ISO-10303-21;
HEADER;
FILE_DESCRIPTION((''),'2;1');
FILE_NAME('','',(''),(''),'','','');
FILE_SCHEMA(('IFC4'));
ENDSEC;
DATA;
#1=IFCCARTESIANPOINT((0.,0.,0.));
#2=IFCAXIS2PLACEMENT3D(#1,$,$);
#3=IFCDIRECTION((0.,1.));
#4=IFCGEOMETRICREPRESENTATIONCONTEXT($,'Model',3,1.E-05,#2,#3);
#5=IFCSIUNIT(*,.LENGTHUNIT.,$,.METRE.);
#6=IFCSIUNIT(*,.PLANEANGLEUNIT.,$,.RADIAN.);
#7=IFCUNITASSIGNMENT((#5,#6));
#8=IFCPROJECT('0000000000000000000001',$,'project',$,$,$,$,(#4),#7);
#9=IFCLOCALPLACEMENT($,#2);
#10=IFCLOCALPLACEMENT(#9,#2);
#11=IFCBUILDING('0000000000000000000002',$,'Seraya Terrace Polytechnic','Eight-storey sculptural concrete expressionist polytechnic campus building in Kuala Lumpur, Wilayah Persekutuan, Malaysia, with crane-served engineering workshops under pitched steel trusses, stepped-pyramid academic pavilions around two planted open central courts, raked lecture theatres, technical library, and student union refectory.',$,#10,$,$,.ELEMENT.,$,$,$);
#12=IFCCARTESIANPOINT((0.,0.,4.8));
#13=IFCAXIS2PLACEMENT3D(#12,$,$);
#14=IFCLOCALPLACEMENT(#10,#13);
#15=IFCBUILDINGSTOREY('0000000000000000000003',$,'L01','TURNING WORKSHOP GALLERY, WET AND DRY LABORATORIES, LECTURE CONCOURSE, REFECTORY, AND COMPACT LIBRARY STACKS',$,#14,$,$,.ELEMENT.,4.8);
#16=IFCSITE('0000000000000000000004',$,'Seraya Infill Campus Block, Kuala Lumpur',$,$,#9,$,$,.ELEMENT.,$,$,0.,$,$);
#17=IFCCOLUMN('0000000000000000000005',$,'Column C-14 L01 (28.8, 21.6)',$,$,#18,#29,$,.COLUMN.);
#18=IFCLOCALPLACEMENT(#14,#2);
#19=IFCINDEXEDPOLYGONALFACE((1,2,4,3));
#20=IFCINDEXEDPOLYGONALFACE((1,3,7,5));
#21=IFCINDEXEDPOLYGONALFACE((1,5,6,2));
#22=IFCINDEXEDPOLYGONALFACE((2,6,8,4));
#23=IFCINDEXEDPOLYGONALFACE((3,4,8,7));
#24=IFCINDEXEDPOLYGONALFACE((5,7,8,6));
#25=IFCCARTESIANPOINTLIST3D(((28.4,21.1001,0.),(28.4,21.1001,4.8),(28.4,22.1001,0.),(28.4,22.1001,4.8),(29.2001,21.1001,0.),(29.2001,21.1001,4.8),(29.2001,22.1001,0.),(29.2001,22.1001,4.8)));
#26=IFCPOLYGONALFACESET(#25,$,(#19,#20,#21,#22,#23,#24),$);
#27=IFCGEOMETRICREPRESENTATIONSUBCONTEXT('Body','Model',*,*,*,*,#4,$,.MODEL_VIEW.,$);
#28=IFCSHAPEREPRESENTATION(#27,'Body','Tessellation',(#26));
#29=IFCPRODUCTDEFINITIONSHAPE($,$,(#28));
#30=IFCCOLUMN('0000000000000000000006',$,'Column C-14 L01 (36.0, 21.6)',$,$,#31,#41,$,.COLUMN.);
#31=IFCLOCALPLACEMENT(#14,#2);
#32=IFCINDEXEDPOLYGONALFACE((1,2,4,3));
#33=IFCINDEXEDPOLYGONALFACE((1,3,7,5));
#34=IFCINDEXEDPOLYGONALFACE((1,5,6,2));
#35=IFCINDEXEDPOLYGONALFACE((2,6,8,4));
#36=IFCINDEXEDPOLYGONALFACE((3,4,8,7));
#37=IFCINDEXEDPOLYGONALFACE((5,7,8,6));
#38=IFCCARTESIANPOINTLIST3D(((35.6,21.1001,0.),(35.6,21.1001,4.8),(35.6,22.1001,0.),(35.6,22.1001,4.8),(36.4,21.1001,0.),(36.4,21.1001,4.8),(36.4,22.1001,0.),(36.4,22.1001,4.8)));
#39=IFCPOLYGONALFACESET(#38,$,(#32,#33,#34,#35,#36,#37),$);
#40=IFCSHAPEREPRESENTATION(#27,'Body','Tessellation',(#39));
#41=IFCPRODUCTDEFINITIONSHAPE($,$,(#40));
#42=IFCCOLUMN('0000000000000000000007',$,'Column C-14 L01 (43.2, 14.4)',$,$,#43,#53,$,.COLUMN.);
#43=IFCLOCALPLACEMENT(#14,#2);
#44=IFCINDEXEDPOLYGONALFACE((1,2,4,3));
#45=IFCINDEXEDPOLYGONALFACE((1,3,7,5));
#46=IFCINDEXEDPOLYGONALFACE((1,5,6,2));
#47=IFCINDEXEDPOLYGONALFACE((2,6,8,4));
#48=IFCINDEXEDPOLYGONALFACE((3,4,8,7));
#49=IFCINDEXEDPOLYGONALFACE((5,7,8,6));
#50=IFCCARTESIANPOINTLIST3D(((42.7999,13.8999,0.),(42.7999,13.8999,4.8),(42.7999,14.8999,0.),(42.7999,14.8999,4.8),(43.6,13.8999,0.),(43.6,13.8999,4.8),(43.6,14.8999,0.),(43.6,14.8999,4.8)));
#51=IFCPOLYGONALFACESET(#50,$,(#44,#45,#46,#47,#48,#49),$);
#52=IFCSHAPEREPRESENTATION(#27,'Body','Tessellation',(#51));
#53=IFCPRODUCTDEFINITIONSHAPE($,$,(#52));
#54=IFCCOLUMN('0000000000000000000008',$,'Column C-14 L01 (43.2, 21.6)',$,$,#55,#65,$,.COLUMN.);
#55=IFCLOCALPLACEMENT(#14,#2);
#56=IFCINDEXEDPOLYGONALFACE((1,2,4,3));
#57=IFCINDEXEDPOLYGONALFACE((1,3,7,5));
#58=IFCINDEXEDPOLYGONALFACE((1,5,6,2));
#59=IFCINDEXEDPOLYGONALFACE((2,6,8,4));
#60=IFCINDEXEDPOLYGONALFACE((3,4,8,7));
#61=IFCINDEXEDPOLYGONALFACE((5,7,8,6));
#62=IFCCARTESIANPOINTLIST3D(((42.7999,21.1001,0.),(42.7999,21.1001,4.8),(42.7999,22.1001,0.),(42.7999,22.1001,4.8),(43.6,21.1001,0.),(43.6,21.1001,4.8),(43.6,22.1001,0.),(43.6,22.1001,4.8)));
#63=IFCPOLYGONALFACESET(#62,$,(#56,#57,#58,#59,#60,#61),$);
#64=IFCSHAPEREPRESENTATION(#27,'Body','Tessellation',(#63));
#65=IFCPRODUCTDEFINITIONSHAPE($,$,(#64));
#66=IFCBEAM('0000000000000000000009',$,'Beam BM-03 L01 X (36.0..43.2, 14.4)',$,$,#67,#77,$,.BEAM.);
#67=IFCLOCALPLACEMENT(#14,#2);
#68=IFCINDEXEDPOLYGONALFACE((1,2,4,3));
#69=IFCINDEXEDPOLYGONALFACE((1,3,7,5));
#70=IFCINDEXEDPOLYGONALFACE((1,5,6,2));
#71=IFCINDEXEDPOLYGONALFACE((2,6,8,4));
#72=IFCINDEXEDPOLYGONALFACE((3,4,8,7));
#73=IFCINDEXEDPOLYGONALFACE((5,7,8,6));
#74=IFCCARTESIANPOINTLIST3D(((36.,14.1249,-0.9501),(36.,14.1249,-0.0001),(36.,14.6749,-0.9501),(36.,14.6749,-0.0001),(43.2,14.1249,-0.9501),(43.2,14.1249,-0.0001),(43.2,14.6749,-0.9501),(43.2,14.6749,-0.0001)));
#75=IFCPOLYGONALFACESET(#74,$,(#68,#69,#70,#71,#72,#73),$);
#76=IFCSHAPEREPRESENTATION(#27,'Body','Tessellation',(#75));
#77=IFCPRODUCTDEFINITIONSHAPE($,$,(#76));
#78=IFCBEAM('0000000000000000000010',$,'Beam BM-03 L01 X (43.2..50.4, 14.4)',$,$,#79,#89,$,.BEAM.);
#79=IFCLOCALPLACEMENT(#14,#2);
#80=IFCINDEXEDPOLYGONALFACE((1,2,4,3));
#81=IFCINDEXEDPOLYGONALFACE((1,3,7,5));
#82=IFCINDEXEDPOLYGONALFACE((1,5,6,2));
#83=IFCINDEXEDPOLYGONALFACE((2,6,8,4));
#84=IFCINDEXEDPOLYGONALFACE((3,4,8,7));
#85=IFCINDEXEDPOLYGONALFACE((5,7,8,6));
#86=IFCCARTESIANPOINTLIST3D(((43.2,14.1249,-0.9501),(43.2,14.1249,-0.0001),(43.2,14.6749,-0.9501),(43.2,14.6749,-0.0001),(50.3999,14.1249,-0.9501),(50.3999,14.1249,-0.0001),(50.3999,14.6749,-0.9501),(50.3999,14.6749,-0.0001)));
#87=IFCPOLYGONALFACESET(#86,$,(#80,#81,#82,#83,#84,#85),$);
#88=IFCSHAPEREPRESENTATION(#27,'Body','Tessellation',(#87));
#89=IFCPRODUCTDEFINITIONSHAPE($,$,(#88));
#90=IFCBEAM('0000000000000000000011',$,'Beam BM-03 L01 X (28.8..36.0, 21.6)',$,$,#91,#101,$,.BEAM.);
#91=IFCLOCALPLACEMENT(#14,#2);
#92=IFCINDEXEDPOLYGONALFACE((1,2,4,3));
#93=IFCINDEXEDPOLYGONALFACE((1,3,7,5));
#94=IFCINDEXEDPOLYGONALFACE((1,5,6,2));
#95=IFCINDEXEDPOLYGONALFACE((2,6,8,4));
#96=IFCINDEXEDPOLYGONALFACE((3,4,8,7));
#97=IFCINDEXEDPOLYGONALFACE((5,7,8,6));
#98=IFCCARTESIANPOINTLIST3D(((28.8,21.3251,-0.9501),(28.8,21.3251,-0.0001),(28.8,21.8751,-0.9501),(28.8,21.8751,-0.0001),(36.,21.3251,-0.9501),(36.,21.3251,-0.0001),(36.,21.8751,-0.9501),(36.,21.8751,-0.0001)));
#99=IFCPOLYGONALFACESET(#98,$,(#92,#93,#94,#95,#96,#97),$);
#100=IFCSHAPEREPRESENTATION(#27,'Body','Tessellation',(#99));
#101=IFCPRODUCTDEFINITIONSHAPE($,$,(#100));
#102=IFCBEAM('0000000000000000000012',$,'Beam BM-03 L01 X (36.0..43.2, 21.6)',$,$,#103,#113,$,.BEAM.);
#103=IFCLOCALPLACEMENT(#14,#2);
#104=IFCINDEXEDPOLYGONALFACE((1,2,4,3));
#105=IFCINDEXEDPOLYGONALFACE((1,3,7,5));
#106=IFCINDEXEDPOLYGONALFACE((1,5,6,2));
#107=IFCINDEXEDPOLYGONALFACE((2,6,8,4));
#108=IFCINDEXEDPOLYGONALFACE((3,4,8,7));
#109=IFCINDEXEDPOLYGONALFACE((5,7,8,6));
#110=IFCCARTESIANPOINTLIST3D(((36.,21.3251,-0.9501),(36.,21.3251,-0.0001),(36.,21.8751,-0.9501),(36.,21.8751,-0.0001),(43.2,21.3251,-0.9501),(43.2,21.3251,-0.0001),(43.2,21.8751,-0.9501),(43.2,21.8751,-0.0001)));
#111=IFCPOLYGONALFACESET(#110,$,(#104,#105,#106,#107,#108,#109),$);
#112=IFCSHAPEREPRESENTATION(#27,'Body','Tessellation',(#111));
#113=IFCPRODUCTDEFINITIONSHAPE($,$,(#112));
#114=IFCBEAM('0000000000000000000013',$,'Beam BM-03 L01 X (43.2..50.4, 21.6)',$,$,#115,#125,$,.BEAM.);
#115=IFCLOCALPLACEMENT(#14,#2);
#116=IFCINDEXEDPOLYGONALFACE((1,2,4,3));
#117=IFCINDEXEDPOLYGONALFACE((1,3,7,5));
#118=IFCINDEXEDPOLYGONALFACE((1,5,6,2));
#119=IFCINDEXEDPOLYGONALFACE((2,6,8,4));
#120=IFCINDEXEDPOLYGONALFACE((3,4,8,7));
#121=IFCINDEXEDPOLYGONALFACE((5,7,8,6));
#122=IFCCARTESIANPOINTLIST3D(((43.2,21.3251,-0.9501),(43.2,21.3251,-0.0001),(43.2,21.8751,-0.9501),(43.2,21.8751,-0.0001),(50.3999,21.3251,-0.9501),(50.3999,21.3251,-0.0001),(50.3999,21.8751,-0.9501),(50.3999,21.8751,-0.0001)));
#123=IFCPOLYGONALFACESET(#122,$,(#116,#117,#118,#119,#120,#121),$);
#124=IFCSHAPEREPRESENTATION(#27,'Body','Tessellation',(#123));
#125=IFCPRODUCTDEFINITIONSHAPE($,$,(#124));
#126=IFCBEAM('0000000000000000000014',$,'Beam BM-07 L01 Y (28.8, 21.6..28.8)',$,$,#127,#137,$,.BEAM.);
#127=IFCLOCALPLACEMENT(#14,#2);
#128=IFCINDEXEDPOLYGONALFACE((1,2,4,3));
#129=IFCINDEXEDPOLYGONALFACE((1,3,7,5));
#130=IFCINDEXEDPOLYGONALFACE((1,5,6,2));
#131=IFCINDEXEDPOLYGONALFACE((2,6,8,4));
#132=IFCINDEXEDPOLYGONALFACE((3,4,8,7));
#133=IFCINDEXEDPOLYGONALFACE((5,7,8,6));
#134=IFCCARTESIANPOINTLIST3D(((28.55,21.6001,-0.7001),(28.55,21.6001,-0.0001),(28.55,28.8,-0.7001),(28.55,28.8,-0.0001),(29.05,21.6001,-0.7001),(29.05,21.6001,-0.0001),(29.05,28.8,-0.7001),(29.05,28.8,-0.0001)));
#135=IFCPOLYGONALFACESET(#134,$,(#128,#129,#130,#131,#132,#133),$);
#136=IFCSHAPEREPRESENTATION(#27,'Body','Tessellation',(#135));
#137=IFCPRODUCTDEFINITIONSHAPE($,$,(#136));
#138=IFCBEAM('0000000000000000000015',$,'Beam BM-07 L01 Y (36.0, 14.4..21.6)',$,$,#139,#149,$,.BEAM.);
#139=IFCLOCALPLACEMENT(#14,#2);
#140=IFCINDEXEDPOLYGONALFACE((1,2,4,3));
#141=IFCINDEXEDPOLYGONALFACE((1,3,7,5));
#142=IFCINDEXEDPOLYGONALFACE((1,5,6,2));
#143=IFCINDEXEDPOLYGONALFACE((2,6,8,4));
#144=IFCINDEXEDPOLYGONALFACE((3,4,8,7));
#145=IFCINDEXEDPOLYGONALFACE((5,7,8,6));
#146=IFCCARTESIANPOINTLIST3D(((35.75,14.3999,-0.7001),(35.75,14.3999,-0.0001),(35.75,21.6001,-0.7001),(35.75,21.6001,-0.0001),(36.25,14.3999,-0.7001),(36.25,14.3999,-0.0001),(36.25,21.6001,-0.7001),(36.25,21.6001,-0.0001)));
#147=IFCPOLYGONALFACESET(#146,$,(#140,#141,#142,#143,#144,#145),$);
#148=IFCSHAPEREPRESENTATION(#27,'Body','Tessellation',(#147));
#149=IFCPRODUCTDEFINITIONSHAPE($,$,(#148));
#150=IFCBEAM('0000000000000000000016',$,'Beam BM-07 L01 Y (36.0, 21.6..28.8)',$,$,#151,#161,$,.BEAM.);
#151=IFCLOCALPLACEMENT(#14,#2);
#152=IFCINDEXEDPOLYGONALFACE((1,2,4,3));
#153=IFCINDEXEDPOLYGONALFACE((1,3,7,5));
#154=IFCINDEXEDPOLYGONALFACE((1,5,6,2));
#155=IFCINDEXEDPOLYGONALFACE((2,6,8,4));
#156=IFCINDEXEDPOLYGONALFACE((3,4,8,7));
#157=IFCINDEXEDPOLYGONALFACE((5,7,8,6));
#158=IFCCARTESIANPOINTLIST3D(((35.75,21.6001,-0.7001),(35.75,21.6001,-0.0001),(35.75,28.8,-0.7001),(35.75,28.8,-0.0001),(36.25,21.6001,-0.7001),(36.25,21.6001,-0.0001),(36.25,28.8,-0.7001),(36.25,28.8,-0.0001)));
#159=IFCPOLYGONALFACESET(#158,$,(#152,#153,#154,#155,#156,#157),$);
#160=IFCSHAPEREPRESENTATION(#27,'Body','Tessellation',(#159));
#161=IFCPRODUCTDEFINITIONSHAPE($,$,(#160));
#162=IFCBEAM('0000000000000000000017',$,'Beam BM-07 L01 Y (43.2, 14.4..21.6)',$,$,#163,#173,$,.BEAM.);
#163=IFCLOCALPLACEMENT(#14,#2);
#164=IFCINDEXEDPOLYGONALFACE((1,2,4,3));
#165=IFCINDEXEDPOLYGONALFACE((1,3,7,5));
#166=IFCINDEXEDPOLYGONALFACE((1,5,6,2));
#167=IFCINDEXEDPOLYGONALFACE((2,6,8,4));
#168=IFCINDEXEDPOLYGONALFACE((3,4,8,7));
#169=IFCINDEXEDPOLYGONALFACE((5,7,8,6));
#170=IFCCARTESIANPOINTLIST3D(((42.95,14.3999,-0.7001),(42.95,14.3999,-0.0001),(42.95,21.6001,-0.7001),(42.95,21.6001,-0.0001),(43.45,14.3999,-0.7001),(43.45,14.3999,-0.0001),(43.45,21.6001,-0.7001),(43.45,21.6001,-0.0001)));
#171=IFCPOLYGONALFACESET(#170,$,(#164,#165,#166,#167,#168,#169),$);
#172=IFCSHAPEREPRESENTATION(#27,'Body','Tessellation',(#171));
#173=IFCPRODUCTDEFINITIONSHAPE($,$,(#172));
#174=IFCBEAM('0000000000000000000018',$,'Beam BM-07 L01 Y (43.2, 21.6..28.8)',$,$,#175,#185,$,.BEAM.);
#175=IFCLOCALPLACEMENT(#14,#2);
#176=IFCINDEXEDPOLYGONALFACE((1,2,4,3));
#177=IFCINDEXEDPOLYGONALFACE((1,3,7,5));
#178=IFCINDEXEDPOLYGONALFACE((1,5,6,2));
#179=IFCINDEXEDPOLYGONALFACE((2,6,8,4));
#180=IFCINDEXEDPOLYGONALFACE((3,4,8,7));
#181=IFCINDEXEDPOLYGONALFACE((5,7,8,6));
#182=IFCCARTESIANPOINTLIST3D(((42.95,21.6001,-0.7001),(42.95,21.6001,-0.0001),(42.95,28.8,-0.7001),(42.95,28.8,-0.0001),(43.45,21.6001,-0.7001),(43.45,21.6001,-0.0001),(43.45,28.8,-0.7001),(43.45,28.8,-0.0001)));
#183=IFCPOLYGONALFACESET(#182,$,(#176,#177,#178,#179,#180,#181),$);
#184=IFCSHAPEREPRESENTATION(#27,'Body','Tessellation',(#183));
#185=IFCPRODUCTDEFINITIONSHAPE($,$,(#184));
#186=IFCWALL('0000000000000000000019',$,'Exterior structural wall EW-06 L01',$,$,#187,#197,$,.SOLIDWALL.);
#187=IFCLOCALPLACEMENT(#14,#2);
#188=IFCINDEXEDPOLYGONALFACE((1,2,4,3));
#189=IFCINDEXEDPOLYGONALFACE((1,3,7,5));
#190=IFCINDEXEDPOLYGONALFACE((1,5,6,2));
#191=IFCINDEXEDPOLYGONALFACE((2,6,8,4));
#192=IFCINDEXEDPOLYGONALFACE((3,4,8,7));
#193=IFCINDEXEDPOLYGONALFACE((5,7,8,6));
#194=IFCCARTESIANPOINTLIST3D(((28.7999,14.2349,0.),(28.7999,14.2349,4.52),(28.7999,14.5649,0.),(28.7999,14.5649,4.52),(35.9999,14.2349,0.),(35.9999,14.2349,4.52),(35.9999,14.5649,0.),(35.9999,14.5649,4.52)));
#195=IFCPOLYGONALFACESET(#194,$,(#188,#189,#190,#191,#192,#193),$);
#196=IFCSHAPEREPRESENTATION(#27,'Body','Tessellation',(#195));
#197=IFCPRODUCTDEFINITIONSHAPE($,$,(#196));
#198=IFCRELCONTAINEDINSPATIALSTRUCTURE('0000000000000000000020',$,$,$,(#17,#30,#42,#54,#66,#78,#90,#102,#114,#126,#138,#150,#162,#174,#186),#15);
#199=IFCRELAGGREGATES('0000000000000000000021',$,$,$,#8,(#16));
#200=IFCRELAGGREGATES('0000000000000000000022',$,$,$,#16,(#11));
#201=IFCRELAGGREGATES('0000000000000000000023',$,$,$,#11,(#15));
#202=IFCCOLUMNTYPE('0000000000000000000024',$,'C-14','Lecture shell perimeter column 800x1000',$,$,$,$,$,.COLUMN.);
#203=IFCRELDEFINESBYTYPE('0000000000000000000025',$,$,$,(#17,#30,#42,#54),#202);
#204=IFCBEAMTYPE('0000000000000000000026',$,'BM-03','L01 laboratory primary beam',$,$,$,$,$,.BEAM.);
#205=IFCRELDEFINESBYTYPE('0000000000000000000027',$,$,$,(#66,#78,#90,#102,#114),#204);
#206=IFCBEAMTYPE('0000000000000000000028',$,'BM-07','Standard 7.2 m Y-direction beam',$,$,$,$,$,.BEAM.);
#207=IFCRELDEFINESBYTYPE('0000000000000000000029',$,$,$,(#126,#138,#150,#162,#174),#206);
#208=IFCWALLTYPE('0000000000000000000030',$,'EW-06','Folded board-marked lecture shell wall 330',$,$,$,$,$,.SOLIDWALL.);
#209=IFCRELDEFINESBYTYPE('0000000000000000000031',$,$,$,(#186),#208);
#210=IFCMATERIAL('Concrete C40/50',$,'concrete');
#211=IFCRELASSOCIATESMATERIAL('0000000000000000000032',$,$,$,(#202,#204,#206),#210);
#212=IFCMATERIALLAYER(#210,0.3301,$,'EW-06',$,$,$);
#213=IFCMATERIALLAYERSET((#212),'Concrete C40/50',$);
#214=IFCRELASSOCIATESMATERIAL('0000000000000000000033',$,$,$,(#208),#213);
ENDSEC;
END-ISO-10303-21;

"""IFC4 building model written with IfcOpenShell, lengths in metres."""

from ifc_helpers import new_model, si_unit, direction, frame, frame_2d, origin, origin_2d, place, context, subcontext, project, spatial, rectangle, extrude, material, layer, layer_set, material_profile, profile_set, type_object, element, save


model = new_model("IFC4")

# Units and contexts
model_context = context("Model", 3, precision=1e-05, world=origin(), true_north=direction((0.0, 1.0)))
body_context = subcontext(model_context, "Body", "Model", "MODEL_VIEW")
ifc_project = project(units=[si_unit("LENGTHUNIT", "METRE"), si_unit("PLANEANGLEUNIT", "RADIAN")], contexts=[model_context])

# Site, building, storey
site_placement = place(None, origin())
site = spatial("IfcSite", under=ifc_project, at=site_placement, Name="Seraya Infill Campus Block, Kuala Lumpur", CompositionType="ELEMENT", RefElevation=0.0)
building_placement = place(site_placement, origin())
building = spatial("IfcBuilding", under=site, at=building_placement, Name="Seraya Terrace Polytechnic", Description="Eight-storey sculptural concrete expressionist polytechnic campus building in Kuala Lumpur, Wilayah Persekutuan, Malaysia, with crane-served engineering workshops under pitched steel trusses, stepped-pyramid academic pavilions around two planted open central courts, raked lecture theatres, technical library, and student union refectory.", CompositionType="ELEMENT")
storey_placement = place(building_placement, frame((0.0, 0.0, 4.8)))
storey = spatial("IfcBuildingStorey", under=building, at=storey_placement, Name="L01", Description="TURNING WORKSHOP GALLERY, WET AND DRY LABORATORIES, LECTURE CONCOURSE, REFECTORY, AND COMPACT LIBRARY STACKS", CompositionType="ELEMENT", Elevation=4.8)

# Columns
ifc_material_1 = material(Name="Concrete C40/50", Category="concrete")
ifc_material_profile_1 = material_profile(ifc_material_1, rectangle(XDim=0.8, YDim=1.0, at=origin_2d()), Name="RC 800x1000")
ifc_profile_set_1 = profile_set([ifc_material_profile_1], Name="Concrete C40/50")
column_type = type_object("IfcColumnType", Name="C-14", Description="Lecture shell perimeter column 800x1000", PredefinedType="COLUMN", material=ifc_profile_set_1)
for number, where, z_axis, x_axis, name in (
    (1, (28.8, 21.6001, 0.0), (0.0, 0.0, 1.0), (1.0, 0.0, 0.0), "Column C-14 L01 (28.8, 21.6)"),
    (2, (36.0, 21.6001, 0.0), (0.0, 0.0, 1.0), (1.0, 0.0, 0.0), "Column C-14 L01 (36.0, 21.6)"),
    (3, (43.2, 14.3999, 0.0), (0.0, 0.0, 1.0), (1.0, 0.0, 0.0), "Column C-14 L01 (43.2, 14.4)"),
    (4, (43.2, 21.6001, 0.0), (0.0, 0.0, 1.0), (1.0, 0.0, 0.0), "Column C-14 L01 (43.2, 21.6)"),
):
    element("IfcColumn", number, at=place(storey_placement, frame(where, z_axis=z_axis, x_axis=x_axis)), inside=storey, type_object=column_type, Name=name, PredefinedType="COLUMN", context=body_context, shape_type="SweptSolid", body=[
        extrude(rectangle(XDim=0.8, YDim=1.0, at=origin_2d()), origin(), (0.0, 0.0, 1.0), 4.8),
    ])

# Beams
ifc_material_profile_2 = material_profile(ifc_material_1, rectangle(XDim=0.55, YDim=0.95, at=origin_2d()), Name="RC 550x950")
ifc_profile_set_2 = profile_set([ifc_material_profile_2], Name="Concrete C40/50")
beam_type_1 = type_object("IfcBeamType", Name="BM-03", Description="L01 laboratory primary beam", PredefinedType="BEAM", material=ifc_profile_set_2)
for number, where, z_axis, x_axis, name in (
    (5, (36.0, 14.3999, -0.4751), (1.0, 0.0, 0.0), (0.0, 1.0, 0.0), "Beam BM-03 L01 X (36.0..43.2, 14.4)"),
    (6, (43.2, 14.3999, -0.4751), (1.0, 0.0, 0.0), (0.0, 1.0, 0.0), "Beam BM-03 L01 X (43.2..50.4, 14.4)"),
    (7, (28.8, 21.6001, -0.4751), (1.0, 0.0, 0.0), (0.0, 1.0, 0.0), "Beam BM-03 L01 X (28.8..36.0, 21.6)"),
    (8, (36.0, 21.6001, -0.4751), (1.0, 0.0, 0.0), (0.0, 1.0, 0.0), "Beam BM-03 L01 X (36.0..43.2, 21.6)"),
    (9, (43.2, 21.6001, -0.4751), (1.0, 0.0, 0.0), (0.0, 1.0, 0.0), "Beam BM-03 L01 X (43.2..50.4, 21.6)"),
):
    element("IfcBeam", number, at=place(storey_placement, frame(where, z_axis=z_axis, x_axis=x_axis)), inside=storey, type_object=beam_type_1, Name=name, PredefinedType="BEAM", context=body_context, shape_type="SweptSolid", body=[
        extrude(rectangle(XDim=0.55, YDim=0.95, at=origin_2d()), origin(), (0.0, 0.0, 1.0), 7.2),
    ])
ifc_material_profile_3 = material_profile(ifc_material_1, rectangle(XDim=0.5, YDim=0.7, at=origin_2d()), Name="RC 500x700")
ifc_profile_set_3 = profile_set([ifc_material_profile_3], Name="Concrete C40/50")
beam_type_2 = type_object("IfcBeamType", Name="BM-07", Description="Standard 7.2 m Y-direction beam", PredefinedType="BEAM", material=ifc_profile_set_3)
beam_1_placement = place(storey_placement, frame((28.8, 21.6001, -0.3501), z_axis=(0.0, 1.0, 0.0), x_axis=(-1.0, 0.0, 0.0)))
element("IfcBeam", 10, at=beam_1_placement, inside=storey, type_object=beam_type_2, Name="Beam BM-07 L01 Y (28.8, 21.6..28.8)", PredefinedType="BEAM", context=body_context, shape_type="SweptSolid", body=[
    extrude(rectangle(XDim=0.5, YDim=0.7, at=origin_2d()), origin(), (0.0, 0.0, 1.0), 7.2),
])
beam_2_placement = place(storey_placement, frame((36.0, 14.3999, -0.3501), z_axis=(0.0, 1.0, 0.0), x_axis=(-1.0, 0.0, 0.0)))
element("IfcBeam", 11, at=beam_2_placement, inside=storey, type_object=beam_type_2, Name="Beam BM-07 L01 Y (36.0, 14.4..21.6)", PredefinedType="BEAM", context=body_context, shape_type="SweptSolid", body=[
    extrude(rectangle(XDim=0.5, YDim=0.7, at=origin_2d()), origin(), (0.0, 0.0, 1.0), 7.2002),
])
beam_3_placement = place(storey_placement, frame((36.0, 21.6001, -0.3501), z_axis=(0.0, 1.0, 0.0), x_axis=(-1.0, 0.0, 0.0)))
element("IfcBeam", 12, at=beam_3_placement, inside=storey, type_object=beam_type_2, Name="Beam BM-07 L01 Y (36.0, 21.6..28.8)", PredefinedType="BEAM", context=body_context, shape_type="SweptSolid", body=[
    extrude(rectangle(XDim=0.5, YDim=0.7, at=origin_2d()), origin(), (0.0, 0.0, 1.0), 7.2),
])
beam_4_placement = place(storey_placement, frame((43.2, 14.3999, -0.3501), z_axis=(0.0, 1.0, 0.0), x_axis=(-1.0, 0.0, 0.0)))
element("IfcBeam", 13, at=beam_4_placement, inside=storey, type_object=beam_type_2, Name="Beam BM-07 L01 Y (43.2, 14.4..21.6)", PredefinedType="BEAM", context=body_context, shape_type="SweptSolid", body=[
    extrude(rectangle(XDim=0.5, YDim=0.7, at=origin_2d()), origin(), (0.0, 0.0, 1.0), 7.2002),
])
beam_5_placement = place(storey_placement, frame((43.2, 21.6001, -0.3501), z_axis=(0.0, 1.0, 0.0), x_axis=(-1.0, 0.0, 0.0)))
element("IfcBeam", 14, at=beam_5_placement, inside=storey, type_object=beam_type_2, Name="Beam BM-07 L01 Y (43.2, 21.6..28.8)", PredefinedType="BEAM", context=body_context, shape_type="SweptSolid", body=[
    extrude(rectangle(XDim=0.5, YDim=0.7, at=origin_2d()), origin(), (0.0, 0.0, 1.0), 7.2),
])

# Wall
ifc_layer_1 = layer(ifc_material_1, 0.3301, Name="EW-06")
ifc_layer_set_1 = layer_set([ifc_layer_1], Name="Concrete C40/50")
wall_type_1 = type_object("IfcWallType", Name="EW-06", Description="Folded board-marked lecture shell wall 330", PredefinedType="SOLIDWALL", material=ifc_layer_set_1)
wall_1_placement = place(storey_placement, frame((36.0, 14.3999, 0.0), z_axis=(0.0, 0.0, 1.0), x_axis=(-1.0, 0.0, 0.0)))
element("IfcWall", 15, at=wall_1_placement, inside=storey, type_object=wall_type_1, Name="Exterior structural wall EW-06 L01", PredefinedType="SOLIDWALL", context=body_context, shape_type="SweptSolid", body=[
    extrude(rectangle(XDim=7.2, YDim=0.3301, at=frame_2d((3.6001, 0.0))), origin(), (0.0, 0.0, 1.0), 4.52),
])

save(model, "model.ifc")
